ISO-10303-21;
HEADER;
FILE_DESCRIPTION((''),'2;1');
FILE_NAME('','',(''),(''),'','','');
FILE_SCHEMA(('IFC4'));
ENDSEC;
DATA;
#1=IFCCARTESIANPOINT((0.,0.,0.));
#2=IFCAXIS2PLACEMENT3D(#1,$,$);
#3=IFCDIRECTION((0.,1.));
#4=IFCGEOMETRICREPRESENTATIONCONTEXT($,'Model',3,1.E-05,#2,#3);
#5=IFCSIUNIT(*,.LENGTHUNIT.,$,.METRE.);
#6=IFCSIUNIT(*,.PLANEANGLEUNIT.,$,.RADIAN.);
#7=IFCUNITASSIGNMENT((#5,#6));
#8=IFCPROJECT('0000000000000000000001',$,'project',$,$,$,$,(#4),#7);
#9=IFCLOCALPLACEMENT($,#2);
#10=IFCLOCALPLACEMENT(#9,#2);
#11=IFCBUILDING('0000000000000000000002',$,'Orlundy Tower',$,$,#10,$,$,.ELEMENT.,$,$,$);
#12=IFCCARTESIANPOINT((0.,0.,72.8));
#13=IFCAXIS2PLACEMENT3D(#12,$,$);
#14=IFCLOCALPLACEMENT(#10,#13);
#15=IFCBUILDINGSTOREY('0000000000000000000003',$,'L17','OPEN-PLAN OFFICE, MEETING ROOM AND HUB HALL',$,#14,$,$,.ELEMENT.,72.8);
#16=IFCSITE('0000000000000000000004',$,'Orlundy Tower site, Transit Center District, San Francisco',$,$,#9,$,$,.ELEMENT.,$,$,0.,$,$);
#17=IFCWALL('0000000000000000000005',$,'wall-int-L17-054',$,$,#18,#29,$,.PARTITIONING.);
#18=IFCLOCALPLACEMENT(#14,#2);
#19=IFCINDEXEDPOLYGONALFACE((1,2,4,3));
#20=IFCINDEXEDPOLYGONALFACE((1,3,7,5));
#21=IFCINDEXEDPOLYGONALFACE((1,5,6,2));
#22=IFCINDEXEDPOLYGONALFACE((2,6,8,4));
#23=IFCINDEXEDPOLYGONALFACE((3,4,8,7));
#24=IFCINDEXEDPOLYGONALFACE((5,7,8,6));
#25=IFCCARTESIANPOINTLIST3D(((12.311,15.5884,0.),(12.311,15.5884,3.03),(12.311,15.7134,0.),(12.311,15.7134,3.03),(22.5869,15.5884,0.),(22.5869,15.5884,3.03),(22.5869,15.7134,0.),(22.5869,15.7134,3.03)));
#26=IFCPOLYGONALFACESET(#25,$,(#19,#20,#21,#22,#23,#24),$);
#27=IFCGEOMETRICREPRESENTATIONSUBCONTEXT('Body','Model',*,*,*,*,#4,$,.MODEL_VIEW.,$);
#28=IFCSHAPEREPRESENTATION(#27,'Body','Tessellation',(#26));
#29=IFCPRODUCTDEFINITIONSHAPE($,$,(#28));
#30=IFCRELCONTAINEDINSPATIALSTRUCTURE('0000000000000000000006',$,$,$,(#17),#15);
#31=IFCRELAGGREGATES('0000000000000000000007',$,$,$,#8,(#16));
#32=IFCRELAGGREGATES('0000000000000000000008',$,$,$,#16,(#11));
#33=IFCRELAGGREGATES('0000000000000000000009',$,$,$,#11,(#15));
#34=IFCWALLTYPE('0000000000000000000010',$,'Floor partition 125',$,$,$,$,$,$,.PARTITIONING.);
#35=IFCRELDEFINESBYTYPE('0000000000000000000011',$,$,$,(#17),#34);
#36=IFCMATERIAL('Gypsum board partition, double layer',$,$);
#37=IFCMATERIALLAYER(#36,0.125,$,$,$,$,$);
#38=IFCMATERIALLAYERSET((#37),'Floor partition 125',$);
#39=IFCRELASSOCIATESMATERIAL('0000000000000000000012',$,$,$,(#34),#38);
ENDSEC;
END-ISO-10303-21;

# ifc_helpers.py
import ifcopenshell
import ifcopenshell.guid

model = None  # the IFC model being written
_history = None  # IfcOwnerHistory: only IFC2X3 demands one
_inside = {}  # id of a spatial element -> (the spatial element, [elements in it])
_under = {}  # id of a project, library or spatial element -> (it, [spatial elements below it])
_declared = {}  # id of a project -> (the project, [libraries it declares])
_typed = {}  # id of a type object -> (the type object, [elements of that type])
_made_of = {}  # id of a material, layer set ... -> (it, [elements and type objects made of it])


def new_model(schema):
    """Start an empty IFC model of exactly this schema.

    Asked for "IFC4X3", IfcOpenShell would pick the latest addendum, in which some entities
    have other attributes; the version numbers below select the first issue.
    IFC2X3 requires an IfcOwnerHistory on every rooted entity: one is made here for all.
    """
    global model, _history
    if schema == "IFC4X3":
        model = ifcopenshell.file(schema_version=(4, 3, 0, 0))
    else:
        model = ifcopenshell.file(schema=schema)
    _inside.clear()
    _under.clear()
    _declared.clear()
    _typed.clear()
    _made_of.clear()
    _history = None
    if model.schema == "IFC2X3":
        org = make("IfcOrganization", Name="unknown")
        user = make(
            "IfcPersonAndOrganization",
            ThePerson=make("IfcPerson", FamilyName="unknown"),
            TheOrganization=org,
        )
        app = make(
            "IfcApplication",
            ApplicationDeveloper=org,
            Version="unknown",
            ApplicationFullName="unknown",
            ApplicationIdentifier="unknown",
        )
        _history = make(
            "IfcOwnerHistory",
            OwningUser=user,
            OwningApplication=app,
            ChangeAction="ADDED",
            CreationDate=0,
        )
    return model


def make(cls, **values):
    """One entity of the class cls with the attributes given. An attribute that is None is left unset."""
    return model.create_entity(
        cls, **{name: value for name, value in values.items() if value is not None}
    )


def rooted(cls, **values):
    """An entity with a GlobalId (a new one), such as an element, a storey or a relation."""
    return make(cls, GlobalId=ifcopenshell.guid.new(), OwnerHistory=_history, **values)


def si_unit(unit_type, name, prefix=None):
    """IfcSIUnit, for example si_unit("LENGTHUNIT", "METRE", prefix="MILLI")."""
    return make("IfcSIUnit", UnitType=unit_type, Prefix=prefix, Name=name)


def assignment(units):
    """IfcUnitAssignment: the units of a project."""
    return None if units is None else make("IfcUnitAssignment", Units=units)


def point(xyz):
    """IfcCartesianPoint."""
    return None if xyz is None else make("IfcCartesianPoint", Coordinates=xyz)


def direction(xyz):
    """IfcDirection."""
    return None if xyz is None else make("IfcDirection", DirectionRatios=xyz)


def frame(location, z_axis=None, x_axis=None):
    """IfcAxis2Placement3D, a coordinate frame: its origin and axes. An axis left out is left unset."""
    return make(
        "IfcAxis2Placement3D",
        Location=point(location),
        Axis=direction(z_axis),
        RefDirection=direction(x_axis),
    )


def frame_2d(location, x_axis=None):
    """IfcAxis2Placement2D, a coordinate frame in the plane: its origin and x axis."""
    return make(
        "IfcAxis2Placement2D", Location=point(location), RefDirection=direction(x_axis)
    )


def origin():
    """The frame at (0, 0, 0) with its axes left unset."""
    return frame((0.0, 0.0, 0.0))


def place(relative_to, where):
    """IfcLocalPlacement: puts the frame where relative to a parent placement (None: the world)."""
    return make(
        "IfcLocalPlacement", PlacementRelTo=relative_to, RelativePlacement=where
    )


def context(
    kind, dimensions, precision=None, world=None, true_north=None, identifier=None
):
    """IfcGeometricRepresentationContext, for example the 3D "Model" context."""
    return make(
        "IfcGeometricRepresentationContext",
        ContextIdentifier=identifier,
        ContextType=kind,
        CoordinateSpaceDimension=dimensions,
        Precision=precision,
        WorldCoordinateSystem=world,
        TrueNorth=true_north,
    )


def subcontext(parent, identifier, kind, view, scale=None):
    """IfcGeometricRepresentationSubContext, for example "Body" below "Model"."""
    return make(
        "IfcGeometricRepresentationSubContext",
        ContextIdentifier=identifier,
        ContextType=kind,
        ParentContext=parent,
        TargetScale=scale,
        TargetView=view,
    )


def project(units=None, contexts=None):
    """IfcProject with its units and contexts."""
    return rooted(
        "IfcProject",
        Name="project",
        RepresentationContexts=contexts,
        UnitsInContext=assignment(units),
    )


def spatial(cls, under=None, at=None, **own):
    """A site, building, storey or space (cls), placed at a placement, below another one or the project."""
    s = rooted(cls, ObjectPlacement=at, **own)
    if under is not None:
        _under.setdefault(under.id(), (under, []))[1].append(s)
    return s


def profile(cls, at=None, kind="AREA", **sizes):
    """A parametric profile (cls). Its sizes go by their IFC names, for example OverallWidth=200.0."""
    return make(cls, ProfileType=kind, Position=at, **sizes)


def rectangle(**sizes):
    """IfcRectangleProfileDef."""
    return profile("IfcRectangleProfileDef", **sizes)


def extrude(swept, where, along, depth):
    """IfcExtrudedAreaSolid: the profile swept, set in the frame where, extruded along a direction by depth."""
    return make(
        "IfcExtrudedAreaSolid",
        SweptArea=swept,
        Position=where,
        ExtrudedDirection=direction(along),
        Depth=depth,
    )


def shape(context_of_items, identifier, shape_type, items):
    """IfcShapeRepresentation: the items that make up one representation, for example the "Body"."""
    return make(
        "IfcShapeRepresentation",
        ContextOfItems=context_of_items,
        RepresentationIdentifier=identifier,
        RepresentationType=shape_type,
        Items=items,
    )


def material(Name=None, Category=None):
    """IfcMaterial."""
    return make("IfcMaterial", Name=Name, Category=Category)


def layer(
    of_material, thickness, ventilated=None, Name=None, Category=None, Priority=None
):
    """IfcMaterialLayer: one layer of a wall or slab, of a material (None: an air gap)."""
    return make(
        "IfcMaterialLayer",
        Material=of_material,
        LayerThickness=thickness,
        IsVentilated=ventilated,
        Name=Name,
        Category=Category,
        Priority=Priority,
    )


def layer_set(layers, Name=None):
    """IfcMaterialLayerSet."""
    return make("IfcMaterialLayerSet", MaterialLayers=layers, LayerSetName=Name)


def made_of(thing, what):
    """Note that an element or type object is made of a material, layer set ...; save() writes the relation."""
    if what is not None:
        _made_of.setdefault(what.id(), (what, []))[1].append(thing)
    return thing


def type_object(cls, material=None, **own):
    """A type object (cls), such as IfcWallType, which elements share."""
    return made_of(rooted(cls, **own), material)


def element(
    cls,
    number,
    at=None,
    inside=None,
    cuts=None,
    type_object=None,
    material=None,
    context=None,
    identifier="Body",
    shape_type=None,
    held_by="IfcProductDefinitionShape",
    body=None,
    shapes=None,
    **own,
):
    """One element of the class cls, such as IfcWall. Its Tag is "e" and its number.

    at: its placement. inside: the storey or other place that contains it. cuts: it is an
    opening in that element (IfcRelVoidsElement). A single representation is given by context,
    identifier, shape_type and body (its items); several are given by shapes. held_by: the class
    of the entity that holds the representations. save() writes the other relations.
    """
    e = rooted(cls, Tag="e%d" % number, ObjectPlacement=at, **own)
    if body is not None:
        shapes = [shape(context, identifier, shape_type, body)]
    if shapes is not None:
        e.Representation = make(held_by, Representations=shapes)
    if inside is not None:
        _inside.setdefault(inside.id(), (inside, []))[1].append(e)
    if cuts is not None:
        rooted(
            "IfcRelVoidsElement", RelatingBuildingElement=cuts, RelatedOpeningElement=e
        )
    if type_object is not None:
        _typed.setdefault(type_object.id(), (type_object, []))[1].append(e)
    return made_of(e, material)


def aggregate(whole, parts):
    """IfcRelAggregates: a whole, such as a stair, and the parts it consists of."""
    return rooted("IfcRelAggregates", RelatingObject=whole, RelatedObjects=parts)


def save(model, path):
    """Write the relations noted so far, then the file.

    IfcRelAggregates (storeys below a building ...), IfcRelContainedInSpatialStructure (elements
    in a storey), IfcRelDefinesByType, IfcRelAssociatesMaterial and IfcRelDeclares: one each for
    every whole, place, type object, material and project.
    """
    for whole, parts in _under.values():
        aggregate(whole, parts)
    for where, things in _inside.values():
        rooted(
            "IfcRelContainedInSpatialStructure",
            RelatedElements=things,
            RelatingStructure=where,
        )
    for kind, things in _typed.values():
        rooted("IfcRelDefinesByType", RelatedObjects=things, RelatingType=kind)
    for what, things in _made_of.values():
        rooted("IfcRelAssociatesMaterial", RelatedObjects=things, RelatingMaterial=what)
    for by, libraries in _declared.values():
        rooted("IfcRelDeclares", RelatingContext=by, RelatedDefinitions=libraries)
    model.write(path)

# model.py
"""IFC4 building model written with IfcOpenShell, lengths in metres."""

from ifc_helpers import new_model, si_unit, direction, frame, frame_2d, origin, place, context, subcontext, project, spatial, rectangle, extrude, material, layer, layer_set, type_object, element, save


model = new_model("IFC4")

# Units and contexts
model_context = context("Model", 3, precision=1e-05, world=origin(), true_north=direction((0.0, 1.0)))
body_context = subcontext(model_context, "Body", "Model", "MODEL_VIEW")
ifc_project = project(units=[si_unit("LENGTHUNIT", "METRE"), si_unit("PLANEANGLEUNIT", "RADIAN")], contexts=[model_context])

# Site, building, storey
site_placement = place(None, origin())
site = spatial("IfcSite", under=ifc_project, at=site_placement, Name="Orlundy Tower site, Transit Center District, San Francisco", CompositionType="ELEMENT", RefElevation=0.0)
building_placement = place(site_placement, origin())
building = spatial("IfcBuilding", under=site, at=building_placement, Name="Orlundy Tower", CompositionType="ELEMENT")
storey_placement = place(building_placement, frame((0.0, 0.0, 72.8)))
storey = spatial("IfcBuildingStorey", under=building, at=storey_placement, Name="L17", Description="OPEN-PLAN OFFICE, MEETING ROOM AND HUB HALL", CompositionType="ELEMENT", Elevation=72.8)

# Wall
ifc_material_1 = material(Name="Gypsum board partition, double layer")
ifc_layer_1 = layer(ifc_material_1, 0.125)
ifc_layer_set_1 = layer_set([ifc_layer_1], Name="Floor partition 125")
wall_type = type_object("IfcWallType", Name="Floor partition 125", PredefinedType="PARTITIONING", material=ifc_layer_set_1)
wall_placement = place(storey_placement, frame((12.311, 15.6509, 0.0), z_axis=(0.0, 0.0, 1.0), x_axis=(1.0, 0.0, 0.0)))
element("IfcWall", 1, at=wall_placement, inside=storey, type_object=wall_type, Name="wall-int-L17-054", PredefinedType="PARTITIONING", context=body_context, shape_type="SweptSolid", body=[
    extrude(rectangle(XDim=10.2759, YDim=0.125, at=frame_2d((5.1379, 0.0))), origin(), (0.0, 0.0, 1.0), 3.03),
])

save(model, "model.ifc")
